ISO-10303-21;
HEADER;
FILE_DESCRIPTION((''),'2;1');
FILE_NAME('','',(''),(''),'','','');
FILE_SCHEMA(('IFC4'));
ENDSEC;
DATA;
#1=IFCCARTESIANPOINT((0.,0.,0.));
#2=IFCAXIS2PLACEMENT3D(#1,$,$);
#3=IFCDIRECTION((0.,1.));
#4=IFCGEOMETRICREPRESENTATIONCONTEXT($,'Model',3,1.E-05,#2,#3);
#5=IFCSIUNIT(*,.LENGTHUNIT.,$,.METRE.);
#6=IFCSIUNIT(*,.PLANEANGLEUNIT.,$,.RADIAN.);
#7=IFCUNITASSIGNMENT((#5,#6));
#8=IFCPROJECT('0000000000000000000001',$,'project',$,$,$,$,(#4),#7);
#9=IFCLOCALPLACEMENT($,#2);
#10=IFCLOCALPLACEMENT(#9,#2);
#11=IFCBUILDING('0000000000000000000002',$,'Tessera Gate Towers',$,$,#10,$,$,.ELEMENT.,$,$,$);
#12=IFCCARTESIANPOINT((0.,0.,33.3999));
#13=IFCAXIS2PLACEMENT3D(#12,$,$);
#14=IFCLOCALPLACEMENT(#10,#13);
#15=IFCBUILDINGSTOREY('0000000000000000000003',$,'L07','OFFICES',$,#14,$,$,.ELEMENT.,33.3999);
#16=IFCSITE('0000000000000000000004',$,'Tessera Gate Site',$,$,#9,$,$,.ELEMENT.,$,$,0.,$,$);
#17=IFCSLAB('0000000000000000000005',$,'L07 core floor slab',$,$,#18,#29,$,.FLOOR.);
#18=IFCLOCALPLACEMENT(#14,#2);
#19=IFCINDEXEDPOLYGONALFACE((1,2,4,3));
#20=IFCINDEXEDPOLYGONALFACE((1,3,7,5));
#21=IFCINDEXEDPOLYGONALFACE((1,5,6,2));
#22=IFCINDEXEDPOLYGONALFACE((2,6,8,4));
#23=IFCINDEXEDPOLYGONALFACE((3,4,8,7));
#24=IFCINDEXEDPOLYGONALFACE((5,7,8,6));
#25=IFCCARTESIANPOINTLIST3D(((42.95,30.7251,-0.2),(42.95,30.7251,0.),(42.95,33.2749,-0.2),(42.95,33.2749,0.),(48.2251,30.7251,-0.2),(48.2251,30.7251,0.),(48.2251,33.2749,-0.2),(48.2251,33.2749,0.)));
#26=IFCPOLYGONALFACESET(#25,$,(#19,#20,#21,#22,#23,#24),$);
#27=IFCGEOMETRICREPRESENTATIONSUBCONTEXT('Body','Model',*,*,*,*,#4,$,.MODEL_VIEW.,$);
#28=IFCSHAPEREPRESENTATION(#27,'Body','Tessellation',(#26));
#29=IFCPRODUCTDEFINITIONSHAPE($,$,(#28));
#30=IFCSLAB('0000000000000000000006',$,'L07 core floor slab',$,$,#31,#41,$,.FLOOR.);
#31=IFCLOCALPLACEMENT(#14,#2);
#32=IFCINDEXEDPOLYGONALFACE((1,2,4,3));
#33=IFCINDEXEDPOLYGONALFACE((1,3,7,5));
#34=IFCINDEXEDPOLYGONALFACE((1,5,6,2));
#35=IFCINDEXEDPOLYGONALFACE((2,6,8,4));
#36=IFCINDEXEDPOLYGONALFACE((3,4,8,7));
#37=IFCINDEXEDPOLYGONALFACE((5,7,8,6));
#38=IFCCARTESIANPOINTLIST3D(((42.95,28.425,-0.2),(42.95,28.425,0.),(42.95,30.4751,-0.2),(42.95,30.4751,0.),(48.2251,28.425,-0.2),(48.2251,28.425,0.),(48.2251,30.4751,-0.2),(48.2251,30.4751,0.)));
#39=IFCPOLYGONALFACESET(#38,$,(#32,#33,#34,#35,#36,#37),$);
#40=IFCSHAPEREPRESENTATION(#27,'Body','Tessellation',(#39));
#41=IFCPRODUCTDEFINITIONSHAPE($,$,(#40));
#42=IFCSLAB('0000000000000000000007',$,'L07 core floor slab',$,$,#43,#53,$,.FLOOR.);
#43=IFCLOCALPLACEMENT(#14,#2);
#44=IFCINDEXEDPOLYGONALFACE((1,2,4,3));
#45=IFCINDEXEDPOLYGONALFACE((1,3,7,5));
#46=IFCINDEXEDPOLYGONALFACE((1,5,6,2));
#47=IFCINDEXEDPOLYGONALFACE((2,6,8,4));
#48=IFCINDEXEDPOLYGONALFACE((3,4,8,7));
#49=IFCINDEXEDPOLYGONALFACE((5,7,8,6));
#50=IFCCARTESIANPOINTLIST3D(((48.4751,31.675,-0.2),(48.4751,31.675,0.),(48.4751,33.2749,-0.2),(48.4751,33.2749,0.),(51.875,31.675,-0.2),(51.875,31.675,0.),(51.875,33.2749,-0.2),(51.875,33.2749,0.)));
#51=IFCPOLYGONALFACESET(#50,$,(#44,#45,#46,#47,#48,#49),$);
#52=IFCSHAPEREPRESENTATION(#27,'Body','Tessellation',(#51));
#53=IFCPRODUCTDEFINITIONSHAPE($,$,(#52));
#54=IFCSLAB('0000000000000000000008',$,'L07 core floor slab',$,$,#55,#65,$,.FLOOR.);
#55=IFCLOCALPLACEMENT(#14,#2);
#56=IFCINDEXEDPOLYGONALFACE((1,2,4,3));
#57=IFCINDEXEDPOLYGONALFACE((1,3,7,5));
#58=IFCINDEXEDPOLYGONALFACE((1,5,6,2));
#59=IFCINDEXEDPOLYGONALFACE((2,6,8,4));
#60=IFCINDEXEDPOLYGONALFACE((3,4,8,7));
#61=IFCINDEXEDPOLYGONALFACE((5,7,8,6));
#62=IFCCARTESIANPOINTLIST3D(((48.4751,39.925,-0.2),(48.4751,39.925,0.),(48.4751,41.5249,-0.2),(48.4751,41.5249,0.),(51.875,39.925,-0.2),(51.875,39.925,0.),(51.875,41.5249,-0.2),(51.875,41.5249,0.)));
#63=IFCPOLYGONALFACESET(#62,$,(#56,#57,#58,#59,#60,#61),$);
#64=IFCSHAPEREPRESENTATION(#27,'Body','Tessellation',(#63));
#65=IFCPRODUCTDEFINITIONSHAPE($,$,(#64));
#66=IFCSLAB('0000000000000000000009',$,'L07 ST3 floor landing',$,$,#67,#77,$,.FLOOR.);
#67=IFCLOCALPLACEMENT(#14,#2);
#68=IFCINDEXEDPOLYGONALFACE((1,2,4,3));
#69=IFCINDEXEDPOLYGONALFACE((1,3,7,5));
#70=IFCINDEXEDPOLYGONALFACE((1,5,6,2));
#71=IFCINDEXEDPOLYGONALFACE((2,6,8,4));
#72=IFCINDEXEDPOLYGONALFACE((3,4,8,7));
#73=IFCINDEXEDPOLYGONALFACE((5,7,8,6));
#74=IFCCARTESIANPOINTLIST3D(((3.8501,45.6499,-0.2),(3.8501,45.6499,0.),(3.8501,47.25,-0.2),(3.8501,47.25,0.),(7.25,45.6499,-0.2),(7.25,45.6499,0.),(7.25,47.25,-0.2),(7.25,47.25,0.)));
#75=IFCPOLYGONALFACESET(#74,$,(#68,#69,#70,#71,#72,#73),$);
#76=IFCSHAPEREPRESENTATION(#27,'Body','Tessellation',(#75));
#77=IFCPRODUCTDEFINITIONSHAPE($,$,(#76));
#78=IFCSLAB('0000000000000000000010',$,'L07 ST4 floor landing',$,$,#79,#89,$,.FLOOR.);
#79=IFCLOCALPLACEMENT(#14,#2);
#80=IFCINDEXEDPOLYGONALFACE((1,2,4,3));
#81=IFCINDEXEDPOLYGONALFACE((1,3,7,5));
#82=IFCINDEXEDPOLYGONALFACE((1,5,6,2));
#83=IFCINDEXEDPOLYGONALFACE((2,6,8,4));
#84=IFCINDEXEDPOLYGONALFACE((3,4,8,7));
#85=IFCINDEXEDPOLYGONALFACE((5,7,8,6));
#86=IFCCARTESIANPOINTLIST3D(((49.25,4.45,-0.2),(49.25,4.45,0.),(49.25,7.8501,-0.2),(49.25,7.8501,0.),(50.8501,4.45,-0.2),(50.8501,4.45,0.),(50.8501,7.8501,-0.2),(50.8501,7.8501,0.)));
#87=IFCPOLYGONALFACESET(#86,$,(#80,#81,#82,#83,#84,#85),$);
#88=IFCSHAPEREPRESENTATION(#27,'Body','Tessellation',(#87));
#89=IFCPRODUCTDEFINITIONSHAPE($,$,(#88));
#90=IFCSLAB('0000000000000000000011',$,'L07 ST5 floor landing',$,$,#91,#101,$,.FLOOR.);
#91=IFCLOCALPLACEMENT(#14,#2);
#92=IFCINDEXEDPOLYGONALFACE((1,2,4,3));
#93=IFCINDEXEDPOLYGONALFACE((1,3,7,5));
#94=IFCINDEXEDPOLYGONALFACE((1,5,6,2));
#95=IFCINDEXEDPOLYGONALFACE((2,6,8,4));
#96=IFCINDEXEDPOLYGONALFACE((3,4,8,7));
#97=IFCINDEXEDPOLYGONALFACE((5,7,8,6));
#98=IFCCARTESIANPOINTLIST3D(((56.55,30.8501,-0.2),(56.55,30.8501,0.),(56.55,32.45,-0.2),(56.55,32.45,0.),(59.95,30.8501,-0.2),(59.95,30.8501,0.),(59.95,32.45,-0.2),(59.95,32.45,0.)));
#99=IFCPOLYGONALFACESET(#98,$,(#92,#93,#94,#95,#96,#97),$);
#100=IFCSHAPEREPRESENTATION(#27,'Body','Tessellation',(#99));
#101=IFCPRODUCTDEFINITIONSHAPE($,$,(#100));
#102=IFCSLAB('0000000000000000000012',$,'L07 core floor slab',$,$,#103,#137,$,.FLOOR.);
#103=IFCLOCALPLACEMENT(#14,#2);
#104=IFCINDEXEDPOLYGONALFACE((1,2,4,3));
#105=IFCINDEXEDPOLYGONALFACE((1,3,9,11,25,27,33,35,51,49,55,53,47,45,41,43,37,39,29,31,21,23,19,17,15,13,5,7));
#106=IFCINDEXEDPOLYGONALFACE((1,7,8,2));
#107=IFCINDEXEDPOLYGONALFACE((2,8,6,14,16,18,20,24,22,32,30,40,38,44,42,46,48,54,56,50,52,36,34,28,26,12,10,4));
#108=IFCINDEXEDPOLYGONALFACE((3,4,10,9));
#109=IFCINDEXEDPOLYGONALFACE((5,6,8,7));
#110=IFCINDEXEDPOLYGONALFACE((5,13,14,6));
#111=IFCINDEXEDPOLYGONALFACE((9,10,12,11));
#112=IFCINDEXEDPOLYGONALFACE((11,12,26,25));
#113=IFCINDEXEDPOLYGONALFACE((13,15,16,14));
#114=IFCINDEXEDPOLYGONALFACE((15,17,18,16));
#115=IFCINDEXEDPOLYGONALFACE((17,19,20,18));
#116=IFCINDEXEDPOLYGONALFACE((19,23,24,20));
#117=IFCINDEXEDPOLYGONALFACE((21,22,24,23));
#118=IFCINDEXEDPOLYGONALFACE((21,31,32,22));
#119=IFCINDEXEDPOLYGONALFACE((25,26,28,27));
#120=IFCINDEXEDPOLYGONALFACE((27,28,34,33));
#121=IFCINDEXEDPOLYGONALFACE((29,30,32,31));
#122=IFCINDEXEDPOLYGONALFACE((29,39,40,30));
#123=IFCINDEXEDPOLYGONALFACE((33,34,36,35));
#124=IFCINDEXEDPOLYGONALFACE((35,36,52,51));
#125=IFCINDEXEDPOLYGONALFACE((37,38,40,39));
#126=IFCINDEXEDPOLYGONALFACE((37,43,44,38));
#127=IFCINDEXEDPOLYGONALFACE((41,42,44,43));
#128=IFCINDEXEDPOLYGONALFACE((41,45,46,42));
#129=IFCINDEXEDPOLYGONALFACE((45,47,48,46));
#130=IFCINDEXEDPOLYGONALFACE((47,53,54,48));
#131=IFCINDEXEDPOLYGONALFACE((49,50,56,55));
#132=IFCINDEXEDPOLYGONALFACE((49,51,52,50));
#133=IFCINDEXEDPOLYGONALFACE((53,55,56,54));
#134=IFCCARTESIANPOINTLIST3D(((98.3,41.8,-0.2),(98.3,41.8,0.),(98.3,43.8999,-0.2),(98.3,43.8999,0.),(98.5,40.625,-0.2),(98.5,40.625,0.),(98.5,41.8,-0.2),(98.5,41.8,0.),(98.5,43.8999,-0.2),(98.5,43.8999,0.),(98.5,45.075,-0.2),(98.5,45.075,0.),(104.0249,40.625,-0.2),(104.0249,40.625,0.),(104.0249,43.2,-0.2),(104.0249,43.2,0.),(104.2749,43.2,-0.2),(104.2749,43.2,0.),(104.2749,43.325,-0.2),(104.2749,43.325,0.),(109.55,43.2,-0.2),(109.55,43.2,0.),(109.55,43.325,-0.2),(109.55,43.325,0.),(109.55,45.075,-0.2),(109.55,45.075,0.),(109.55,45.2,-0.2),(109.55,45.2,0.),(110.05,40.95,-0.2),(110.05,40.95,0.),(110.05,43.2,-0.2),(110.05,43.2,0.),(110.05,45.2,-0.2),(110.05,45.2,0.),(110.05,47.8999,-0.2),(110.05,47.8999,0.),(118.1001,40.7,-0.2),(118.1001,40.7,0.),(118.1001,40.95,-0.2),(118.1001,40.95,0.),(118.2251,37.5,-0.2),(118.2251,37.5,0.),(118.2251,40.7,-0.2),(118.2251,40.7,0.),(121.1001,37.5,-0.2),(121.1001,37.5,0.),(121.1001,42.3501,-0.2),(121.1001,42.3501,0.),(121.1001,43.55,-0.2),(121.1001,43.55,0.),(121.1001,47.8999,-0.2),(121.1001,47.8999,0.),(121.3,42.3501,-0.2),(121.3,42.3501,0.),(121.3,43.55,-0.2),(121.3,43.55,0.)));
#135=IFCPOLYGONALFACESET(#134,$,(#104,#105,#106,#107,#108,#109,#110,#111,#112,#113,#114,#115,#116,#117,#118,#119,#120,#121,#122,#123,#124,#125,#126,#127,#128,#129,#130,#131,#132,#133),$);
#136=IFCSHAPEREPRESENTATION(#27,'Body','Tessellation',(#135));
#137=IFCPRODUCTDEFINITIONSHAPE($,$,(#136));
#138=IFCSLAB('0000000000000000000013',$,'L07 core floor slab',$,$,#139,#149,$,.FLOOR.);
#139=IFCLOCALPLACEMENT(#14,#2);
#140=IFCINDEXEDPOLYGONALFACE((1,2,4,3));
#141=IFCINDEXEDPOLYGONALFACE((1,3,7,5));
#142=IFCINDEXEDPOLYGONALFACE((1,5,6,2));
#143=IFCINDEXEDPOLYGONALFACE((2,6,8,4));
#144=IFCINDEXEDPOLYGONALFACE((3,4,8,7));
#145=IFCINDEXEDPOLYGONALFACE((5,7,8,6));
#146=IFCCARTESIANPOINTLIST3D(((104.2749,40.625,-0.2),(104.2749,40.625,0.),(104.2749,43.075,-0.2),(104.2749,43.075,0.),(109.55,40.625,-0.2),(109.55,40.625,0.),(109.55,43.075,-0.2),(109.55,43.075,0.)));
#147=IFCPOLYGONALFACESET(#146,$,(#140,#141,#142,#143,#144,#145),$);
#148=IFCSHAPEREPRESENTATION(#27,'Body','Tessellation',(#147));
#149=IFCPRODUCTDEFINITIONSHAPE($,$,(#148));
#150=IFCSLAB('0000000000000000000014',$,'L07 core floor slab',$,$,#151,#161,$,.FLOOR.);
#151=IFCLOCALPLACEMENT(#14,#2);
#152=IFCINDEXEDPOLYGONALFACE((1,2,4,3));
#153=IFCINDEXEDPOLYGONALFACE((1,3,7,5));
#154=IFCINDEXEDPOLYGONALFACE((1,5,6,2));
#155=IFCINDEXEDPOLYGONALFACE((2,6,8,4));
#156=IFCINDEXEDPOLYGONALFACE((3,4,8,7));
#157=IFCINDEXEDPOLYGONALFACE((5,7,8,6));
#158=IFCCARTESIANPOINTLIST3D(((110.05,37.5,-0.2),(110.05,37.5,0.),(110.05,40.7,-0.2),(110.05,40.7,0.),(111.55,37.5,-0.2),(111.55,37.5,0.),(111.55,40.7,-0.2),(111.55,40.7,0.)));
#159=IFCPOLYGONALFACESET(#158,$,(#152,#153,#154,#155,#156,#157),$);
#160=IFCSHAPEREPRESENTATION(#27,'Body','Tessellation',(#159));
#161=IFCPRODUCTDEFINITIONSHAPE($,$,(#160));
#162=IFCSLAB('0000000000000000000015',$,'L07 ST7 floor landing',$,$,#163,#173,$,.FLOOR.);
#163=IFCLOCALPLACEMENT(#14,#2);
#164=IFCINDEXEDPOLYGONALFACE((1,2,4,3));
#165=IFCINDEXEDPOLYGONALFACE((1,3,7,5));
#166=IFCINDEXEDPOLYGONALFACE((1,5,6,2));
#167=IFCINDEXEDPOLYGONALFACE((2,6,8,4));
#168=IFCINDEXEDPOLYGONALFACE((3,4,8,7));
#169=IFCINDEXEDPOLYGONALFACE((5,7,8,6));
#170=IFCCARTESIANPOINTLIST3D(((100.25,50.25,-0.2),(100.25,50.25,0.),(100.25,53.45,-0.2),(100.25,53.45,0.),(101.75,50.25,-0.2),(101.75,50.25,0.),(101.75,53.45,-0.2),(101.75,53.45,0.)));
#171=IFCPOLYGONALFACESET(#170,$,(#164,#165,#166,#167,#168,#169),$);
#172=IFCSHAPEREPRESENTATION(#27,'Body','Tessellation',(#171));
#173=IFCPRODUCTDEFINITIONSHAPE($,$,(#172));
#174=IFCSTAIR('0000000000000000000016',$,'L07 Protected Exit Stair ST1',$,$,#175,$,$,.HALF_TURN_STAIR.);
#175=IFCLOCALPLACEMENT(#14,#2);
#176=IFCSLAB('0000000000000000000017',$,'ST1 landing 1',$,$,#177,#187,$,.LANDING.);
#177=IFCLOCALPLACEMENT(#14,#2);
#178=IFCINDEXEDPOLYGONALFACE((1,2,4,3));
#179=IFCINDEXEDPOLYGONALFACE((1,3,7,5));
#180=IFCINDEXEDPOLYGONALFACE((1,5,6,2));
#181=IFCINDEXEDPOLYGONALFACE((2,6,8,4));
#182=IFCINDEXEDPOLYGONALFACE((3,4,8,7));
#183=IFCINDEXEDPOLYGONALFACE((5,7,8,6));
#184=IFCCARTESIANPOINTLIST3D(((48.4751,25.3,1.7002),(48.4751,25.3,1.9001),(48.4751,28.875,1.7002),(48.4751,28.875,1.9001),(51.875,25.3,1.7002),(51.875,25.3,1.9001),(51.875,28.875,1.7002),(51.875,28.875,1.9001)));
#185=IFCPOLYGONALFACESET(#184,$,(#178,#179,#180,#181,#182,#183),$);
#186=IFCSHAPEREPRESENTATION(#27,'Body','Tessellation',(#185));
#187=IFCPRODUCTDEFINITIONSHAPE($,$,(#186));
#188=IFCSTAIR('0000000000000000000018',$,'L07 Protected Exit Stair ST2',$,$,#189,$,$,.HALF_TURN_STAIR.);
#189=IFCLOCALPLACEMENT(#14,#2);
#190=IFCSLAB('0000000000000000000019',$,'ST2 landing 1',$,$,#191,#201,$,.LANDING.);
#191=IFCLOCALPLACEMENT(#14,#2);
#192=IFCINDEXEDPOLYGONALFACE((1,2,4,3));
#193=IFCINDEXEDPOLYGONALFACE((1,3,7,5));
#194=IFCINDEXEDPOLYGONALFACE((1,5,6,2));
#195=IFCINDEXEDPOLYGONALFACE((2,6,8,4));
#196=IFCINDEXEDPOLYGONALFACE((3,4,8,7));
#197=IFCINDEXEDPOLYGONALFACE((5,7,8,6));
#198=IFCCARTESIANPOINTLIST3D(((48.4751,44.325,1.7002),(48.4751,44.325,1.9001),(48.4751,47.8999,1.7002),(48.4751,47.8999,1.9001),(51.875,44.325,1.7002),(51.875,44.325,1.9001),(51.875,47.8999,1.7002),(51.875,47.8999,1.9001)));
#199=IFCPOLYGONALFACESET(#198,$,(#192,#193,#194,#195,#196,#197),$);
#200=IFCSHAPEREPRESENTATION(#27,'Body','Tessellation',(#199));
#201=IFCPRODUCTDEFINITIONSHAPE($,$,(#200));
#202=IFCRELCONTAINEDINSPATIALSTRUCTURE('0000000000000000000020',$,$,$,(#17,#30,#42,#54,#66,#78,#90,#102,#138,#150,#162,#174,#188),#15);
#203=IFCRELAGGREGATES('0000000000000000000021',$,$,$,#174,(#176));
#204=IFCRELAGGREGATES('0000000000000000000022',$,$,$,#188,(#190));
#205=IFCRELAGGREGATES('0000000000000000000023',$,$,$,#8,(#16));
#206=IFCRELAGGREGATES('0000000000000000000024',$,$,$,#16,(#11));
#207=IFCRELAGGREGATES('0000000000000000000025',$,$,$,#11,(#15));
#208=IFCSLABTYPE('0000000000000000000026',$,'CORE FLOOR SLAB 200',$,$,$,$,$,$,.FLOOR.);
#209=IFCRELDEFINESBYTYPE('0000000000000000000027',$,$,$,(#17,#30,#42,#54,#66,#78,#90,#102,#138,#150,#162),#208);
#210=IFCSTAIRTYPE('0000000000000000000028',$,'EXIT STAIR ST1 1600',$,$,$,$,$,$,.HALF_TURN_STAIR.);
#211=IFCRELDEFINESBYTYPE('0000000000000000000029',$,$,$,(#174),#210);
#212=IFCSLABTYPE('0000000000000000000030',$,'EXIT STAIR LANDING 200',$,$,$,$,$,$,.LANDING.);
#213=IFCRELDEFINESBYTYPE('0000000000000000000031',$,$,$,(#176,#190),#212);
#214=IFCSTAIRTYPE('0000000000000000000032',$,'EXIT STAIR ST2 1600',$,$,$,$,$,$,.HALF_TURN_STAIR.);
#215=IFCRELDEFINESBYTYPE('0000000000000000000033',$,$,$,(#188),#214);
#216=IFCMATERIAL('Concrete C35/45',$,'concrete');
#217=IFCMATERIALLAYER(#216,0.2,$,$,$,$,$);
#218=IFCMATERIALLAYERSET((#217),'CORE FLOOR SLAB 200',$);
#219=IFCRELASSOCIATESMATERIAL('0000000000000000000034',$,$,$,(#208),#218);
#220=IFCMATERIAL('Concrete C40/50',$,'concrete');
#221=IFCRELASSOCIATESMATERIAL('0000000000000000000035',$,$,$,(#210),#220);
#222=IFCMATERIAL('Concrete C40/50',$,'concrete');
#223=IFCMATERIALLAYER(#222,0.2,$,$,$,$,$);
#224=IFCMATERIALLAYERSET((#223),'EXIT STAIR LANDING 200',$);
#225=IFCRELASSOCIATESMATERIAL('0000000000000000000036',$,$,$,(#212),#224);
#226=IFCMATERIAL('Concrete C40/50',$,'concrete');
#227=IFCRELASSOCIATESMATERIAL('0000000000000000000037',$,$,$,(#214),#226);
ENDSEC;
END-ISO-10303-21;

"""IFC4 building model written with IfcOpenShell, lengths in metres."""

from ifc_helpers import new_model, si_unit, direction, frame, origin, place, context, subcontext, project, spatial, polyline, outline, extrude, material, layer, layer_set, type_object, element, aggregate, save


model = new_model("IFC4")

# Units and contexts
model_context = context("Model", 3, precision=1e-05, world=origin(), true_north=direction((0.0, 1.0)))
body_context = subcontext(model_context, "Body", "Model", "MODEL_VIEW")
ifc_project = project(units=[si_unit("LENGTHUNIT", "METRE"), si_unit("PLANEANGLEUNIT", "RADIAN")], contexts=[model_context])

# Site, building, storey
site_placement = place(None, origin())
site = spatial("IfcSite", under=ifc_project, at=site_placement, Name="Tessera Gate Site", CompositionType="ELEMENT", RefElevation=0.0)
building_placement = place(site_placement, origin())
building = spatial("IfcBuilding", under=site, at=building_placement, Name="Tessera Gate Towers", CompositionType="ELEMENT")
storey_placement = place(building_placement, frame((0.0, 0.0, 33.3999)))
storey = spatial("IfcBuildingStorey", under=building, at=storey_placement, Name="L07", Description="OFFICES", CompositionType="ELEMENT", Elevation=33.3999)

# Slabs
ifc_material_1 = material(Name="Concrete C35/45", Category="concrete")
ifc_layer_1 = layer(ifc_material_1, 0.2)
ifc_layer_set_1 = layer_set([ifc_layer_1], Name="CORE FLOOR SLAB 200")
slab_type_1 = type_object("IfcSlabType", Name="CORE FLOOR SLAB 200", PredefinedType="FLOOR", material=ifc_layer_set_1)
slab_1_placement = place(storey_placement, frame((0.0, 0.0, -0.2)))
element("IfcSlab", 1, at=slab_1_placement, inside=storey, type_object=slab_type_1, Name="L07 core floor slab", PredefinedType="FLOOR", context=body_context, shape_type="SweptSolid", body=[
    extrude(outline(polyline([(42.95, 33.2749), (42.95, 30.7251), (48.2251, 30.7251), (48.2251, 33.2749), (42.95, 33.2749)])), origin(), (0.0, 0.0, 1.0), 0.2),
])
slab_2_placement = place(storey_placement, frame((0.0, 0.0, -0.2)))
element("IfcSlab", 2, at=slab_2_placement, inside=storey, type_object=slab_type_1, Name="L07 core floor slab", PredefinedType="FLOOR", context=body_context, shape_type="SweptSolid", body=[
    extrude(outline(polyline([(42.95, 30.4751), (42.95, 28.425), (48.2251, 28.425), (48.2251, 30.4751), (42.95, 30.4751)])), origin(), (0.0, 0.0, 1.0), 0.2),
])
slab_3_placement = place(storey_placement, frame((0.0, 0.0, -0.2)))
element("IfcSlab", 3, at=slab_3_placement, inside=storey, type_object=slab_type_1, Name="L07 core floor slab", PredefinedType="FLOOR", context=body_context, shape_type="SweptSolid", body=[
    extrude(outline(polyline([(51.875, 31.675), (51.875, 33.2749), (48.4751, 33.2749), (48.4751, 31.675), (51.875, 31.675)])), origin(), (0.0, 0.0, 1.0), 0.2),
])
slab_4_placement = place(storey_placement, frame((0.0, 0.0, -0.2)))
element("IfcSlab", 4, at=slab_4_placement, inside=storey, type_object=slab_type_1, Name="L07 core floor slab", PredefinedType="FLOOR", context=body_context, shape_type="SweptSolid", body=[
    extrude(outline(polyline([(48.4751, 41.5249), (48.4751, 39.925), (51.875, 39.925), (51.875, 41.5249), (48.4751, 41.5249)])), origin(), (0.0, 0.0, 1.0), 0.2),
])
slab_5_placement = place(storey_placement, frame((0.0, 0.0, -0.2)))
element("IfcSlab", 5, at=slab_5_placement, inside=storey, type_object=slab_type_1, Name="L07 ST3 floor landing", PredefinedType="FLOOR", context=body_context, shape_type="SweptSolid", body=[
    extrude(outline(polyline([(3.8501, 47.25), (3.8501, 45.6499), (7.25, 45.6499), (7.25, 47.25), (3.8501, 47.25)])), origin(), (0.0, 0.0, 1.0), 0.2),
])
slab_6_placement = place(storey_placement, frame((0.0, 0.0, -0.2)))
element("IfcSlab", 6, at=slab_6_placement, inside=storey, type_object=slab_type_1, Name="L07 ST4 floor landing", PredefinedType="FLOOR", context=body_context, shape_type="SweptSolid", body=[
    extrude(outline(polyline([(49.25, 4.45), (50.8501, 4.45), (50.8501, 7.8501), (49.25, 7.8501), (49.25, 4.45)])), origin(), (0.0, 0.0, 1.0), 0.2),
])
slab_7_placement = place(storey_placement, frame((0.0, 0.0, -0.2)))
element("IfcSlab", 7, at=slab_7_placement, inside=storey, type_object=slab_type_1, Name="L07 ST5 floor landing", PredefinedType="FLOOR", context=body_context, shape_type="SweptSolid", body=[
    extrude(outline(polyline([(59.95, 30.8501), (59.95, 32.45), (56.55, 32.45), (56.55, 30.8501), (59.95, 30.8501)])), origin(), (0.0, 0.0, 1.0), 0.2),
])
slab_8_placement = place(storey_placement, frame((0.0, 0.0, -0.2)))
element("IfcSlab", 8, at=slab_8_placement, inside=storey, type_object=slab_type_1, Name="L07 core floor slab", PredefinedType="FLOOR", context=body_context, shape_type="SweptSolid", body=[
    extrude(outline(polyline([(109.55, 45.2), (109.55, 45.075), (98.5, 45.075), (98.5, 43.8999), (98.3, 43.8999), (98.3, 41.8), (98.5, 41.8), (98.5, 40.625), (104.0249, 40.625), (104.0249, 43.2), (104.2749, 43.2), (104.2749, 43.325), (109.55, 43.325), (109.55, 43.2), (110.05, 43.2), (110.05, 40.95), (118.1001, 40.95), (118.1001, 40.7), (118.2251, 40.7), (118.2251, 37.5), (121.1001, 37.5), (121.1001, 42.3501), (121.3, 42.3501), (121.3, 43.55), (121.1001, 43.55), (121.1001, 47.8999), (110.05, 47.8999), (110.05, 45.2), (109.55, 45.2)])), origin(), (0.0, 0.0, 1.0), 0.2),
])
slab_9_placement = place(storey_placement, frame((0.0, 0.0, -0.2)))
element("IfcSlab", 9, at=slab_9_placement, inside=storey, type_object=slab_type_1, Name="L07 core floor slab", PredefinedType="FLOOR", context=body_context, shape_type="SweptSolid", body=[
    extrude(outline(polyline([(109.55, 43.075), (104.2749, 43.075), (104.2749, 40.625), (109.55, 40.625), (109.55, 43.075)])), origin(), (0.0, 0.0, 1.0), 0.2),
])
slab_10_placement = place(storey_placement, frame((0.0, 0.0, -0.2)))
element("IfcSlab", 10, at=slab_10_placement, inside=storey, type_object=slab_type_1, Name="L07 core floor slab", PredefinedType="FLOOR", context=body_context, shape_type="SweptSolid", body=[
    extrude(outline(polyline([(111.55, 37.5), (111.55, 40.7), (110.05, 40.7), (110.05, 37.5), (111.55, 37.5)])), origin(), (0.0, 0.0, 1.0), 0.2),
])
slab_11_placement = place(storey_placement, frame((0.0, 0.0, -0.2)))
element("IfcSlab", 11, at=slab_11_placement, inside=storey, type_object=slab_type_1, Name="L07 ST7 floor landing", PredefinedType="FLOOR", context=body_context, shape_type="SweptSolid", body=[
    extrude(outline(polyline([(100.25, 50.25), (101.75, 50.25), (101.75, 53.45), (100.25, 53.45), (100.25, 50.25)])), origin(), (0.0, 0.0, 1.0), 0.2),
])

# Stairs, slabs
ifc_material_2 = material(Name="Concrete C40/50", Category="concrete")
stair_type_1 = type_object("IfcStairType", Name="EXIT STAIR ST1 1600", PredefinedType="HALF_TURN_STAIR", material=ifc_material_2)
stair_1_placement = place(storey_placement, origin())
stair_1 = element("IfcStair", 12, at=stair_1_placement, inside=storey, type_object=stair_type_1, Name="L07 Protected Exit Stair ST1", PredefinedType="HALF_TURN_STAIR")
ifc_material_3 = material(Name="Concrete C40/50", Category="concrete")
ifc_layer_2 = layer(ifc_material_3, 0.2)
ifc_layer_set_2 = layer_set([ifc_layer_2], Name="EXIT STAIR LANDING 200")
slab_type_2 = type_object("IfcSlabType", Name="EXIT STAIR LANDING 200", PredefinedType="LANDING", material=ifc_layer_set_2)
slab_12_placement = place(storey_placement, frame((0.0, 0.0, 1.7002)))
slab_12 = element("IfcSlab", 13, at=slab_12_placement, type_object=slab_type_2, Name="ST1 landing 1", PredefinedType="LANDING", context=body_context, shape_type="SweptSolid", body=[
    extrude(outline(polyline([(48.4751, 28.875), (48.4751, 25.3), (51.875, 25.3), (51.875, 28.875), (48.4751, 28.875)])), origin(), (0.0, 0.0, 1.0), 0.2),
])
aggregate(stair_1, [slab_12])
ifc_material_4 = material(Name="Concrete C40/50", Category="concrete")
stair_type_2 = type_object("IfcStairType", Name="EXIT STAIR ST2 1600", PredefinedType="HALF_TURN_STAIR", material=ifc_material_4)
stair_2_placement = place(storey_placement, origin())
stair_2 = element("IfcStair", 14, at=stair_2_placement, inside=storey, type_object=stair_type_2, Name="L07 Protected Exit Stair ST2", PredefinedType="HALF_TURN_STAIR")
slab_13_placement = place(storey_placement, frame((0.0, 0.0, 1.7002)))
slab_13 = element("IfcSlab", 15, at=slab_13_placement, type_object=slab_type_2, Name="ST2 landing 1", PredefinedType="LANDING", context=body_context, shape_type="SweptSolid", body=[
    extrude(outline(polyline([(51.875, 44.325), (51.875, 47.8999), (48.4751, 47.8999), (48.4751, 44.325), (51.875, 44.325)])), origin(), (0.0, 0.0, 1.0), 0.2),
])
aggregate(stair_2, [slab_13])

save(model, "model.ifc")
